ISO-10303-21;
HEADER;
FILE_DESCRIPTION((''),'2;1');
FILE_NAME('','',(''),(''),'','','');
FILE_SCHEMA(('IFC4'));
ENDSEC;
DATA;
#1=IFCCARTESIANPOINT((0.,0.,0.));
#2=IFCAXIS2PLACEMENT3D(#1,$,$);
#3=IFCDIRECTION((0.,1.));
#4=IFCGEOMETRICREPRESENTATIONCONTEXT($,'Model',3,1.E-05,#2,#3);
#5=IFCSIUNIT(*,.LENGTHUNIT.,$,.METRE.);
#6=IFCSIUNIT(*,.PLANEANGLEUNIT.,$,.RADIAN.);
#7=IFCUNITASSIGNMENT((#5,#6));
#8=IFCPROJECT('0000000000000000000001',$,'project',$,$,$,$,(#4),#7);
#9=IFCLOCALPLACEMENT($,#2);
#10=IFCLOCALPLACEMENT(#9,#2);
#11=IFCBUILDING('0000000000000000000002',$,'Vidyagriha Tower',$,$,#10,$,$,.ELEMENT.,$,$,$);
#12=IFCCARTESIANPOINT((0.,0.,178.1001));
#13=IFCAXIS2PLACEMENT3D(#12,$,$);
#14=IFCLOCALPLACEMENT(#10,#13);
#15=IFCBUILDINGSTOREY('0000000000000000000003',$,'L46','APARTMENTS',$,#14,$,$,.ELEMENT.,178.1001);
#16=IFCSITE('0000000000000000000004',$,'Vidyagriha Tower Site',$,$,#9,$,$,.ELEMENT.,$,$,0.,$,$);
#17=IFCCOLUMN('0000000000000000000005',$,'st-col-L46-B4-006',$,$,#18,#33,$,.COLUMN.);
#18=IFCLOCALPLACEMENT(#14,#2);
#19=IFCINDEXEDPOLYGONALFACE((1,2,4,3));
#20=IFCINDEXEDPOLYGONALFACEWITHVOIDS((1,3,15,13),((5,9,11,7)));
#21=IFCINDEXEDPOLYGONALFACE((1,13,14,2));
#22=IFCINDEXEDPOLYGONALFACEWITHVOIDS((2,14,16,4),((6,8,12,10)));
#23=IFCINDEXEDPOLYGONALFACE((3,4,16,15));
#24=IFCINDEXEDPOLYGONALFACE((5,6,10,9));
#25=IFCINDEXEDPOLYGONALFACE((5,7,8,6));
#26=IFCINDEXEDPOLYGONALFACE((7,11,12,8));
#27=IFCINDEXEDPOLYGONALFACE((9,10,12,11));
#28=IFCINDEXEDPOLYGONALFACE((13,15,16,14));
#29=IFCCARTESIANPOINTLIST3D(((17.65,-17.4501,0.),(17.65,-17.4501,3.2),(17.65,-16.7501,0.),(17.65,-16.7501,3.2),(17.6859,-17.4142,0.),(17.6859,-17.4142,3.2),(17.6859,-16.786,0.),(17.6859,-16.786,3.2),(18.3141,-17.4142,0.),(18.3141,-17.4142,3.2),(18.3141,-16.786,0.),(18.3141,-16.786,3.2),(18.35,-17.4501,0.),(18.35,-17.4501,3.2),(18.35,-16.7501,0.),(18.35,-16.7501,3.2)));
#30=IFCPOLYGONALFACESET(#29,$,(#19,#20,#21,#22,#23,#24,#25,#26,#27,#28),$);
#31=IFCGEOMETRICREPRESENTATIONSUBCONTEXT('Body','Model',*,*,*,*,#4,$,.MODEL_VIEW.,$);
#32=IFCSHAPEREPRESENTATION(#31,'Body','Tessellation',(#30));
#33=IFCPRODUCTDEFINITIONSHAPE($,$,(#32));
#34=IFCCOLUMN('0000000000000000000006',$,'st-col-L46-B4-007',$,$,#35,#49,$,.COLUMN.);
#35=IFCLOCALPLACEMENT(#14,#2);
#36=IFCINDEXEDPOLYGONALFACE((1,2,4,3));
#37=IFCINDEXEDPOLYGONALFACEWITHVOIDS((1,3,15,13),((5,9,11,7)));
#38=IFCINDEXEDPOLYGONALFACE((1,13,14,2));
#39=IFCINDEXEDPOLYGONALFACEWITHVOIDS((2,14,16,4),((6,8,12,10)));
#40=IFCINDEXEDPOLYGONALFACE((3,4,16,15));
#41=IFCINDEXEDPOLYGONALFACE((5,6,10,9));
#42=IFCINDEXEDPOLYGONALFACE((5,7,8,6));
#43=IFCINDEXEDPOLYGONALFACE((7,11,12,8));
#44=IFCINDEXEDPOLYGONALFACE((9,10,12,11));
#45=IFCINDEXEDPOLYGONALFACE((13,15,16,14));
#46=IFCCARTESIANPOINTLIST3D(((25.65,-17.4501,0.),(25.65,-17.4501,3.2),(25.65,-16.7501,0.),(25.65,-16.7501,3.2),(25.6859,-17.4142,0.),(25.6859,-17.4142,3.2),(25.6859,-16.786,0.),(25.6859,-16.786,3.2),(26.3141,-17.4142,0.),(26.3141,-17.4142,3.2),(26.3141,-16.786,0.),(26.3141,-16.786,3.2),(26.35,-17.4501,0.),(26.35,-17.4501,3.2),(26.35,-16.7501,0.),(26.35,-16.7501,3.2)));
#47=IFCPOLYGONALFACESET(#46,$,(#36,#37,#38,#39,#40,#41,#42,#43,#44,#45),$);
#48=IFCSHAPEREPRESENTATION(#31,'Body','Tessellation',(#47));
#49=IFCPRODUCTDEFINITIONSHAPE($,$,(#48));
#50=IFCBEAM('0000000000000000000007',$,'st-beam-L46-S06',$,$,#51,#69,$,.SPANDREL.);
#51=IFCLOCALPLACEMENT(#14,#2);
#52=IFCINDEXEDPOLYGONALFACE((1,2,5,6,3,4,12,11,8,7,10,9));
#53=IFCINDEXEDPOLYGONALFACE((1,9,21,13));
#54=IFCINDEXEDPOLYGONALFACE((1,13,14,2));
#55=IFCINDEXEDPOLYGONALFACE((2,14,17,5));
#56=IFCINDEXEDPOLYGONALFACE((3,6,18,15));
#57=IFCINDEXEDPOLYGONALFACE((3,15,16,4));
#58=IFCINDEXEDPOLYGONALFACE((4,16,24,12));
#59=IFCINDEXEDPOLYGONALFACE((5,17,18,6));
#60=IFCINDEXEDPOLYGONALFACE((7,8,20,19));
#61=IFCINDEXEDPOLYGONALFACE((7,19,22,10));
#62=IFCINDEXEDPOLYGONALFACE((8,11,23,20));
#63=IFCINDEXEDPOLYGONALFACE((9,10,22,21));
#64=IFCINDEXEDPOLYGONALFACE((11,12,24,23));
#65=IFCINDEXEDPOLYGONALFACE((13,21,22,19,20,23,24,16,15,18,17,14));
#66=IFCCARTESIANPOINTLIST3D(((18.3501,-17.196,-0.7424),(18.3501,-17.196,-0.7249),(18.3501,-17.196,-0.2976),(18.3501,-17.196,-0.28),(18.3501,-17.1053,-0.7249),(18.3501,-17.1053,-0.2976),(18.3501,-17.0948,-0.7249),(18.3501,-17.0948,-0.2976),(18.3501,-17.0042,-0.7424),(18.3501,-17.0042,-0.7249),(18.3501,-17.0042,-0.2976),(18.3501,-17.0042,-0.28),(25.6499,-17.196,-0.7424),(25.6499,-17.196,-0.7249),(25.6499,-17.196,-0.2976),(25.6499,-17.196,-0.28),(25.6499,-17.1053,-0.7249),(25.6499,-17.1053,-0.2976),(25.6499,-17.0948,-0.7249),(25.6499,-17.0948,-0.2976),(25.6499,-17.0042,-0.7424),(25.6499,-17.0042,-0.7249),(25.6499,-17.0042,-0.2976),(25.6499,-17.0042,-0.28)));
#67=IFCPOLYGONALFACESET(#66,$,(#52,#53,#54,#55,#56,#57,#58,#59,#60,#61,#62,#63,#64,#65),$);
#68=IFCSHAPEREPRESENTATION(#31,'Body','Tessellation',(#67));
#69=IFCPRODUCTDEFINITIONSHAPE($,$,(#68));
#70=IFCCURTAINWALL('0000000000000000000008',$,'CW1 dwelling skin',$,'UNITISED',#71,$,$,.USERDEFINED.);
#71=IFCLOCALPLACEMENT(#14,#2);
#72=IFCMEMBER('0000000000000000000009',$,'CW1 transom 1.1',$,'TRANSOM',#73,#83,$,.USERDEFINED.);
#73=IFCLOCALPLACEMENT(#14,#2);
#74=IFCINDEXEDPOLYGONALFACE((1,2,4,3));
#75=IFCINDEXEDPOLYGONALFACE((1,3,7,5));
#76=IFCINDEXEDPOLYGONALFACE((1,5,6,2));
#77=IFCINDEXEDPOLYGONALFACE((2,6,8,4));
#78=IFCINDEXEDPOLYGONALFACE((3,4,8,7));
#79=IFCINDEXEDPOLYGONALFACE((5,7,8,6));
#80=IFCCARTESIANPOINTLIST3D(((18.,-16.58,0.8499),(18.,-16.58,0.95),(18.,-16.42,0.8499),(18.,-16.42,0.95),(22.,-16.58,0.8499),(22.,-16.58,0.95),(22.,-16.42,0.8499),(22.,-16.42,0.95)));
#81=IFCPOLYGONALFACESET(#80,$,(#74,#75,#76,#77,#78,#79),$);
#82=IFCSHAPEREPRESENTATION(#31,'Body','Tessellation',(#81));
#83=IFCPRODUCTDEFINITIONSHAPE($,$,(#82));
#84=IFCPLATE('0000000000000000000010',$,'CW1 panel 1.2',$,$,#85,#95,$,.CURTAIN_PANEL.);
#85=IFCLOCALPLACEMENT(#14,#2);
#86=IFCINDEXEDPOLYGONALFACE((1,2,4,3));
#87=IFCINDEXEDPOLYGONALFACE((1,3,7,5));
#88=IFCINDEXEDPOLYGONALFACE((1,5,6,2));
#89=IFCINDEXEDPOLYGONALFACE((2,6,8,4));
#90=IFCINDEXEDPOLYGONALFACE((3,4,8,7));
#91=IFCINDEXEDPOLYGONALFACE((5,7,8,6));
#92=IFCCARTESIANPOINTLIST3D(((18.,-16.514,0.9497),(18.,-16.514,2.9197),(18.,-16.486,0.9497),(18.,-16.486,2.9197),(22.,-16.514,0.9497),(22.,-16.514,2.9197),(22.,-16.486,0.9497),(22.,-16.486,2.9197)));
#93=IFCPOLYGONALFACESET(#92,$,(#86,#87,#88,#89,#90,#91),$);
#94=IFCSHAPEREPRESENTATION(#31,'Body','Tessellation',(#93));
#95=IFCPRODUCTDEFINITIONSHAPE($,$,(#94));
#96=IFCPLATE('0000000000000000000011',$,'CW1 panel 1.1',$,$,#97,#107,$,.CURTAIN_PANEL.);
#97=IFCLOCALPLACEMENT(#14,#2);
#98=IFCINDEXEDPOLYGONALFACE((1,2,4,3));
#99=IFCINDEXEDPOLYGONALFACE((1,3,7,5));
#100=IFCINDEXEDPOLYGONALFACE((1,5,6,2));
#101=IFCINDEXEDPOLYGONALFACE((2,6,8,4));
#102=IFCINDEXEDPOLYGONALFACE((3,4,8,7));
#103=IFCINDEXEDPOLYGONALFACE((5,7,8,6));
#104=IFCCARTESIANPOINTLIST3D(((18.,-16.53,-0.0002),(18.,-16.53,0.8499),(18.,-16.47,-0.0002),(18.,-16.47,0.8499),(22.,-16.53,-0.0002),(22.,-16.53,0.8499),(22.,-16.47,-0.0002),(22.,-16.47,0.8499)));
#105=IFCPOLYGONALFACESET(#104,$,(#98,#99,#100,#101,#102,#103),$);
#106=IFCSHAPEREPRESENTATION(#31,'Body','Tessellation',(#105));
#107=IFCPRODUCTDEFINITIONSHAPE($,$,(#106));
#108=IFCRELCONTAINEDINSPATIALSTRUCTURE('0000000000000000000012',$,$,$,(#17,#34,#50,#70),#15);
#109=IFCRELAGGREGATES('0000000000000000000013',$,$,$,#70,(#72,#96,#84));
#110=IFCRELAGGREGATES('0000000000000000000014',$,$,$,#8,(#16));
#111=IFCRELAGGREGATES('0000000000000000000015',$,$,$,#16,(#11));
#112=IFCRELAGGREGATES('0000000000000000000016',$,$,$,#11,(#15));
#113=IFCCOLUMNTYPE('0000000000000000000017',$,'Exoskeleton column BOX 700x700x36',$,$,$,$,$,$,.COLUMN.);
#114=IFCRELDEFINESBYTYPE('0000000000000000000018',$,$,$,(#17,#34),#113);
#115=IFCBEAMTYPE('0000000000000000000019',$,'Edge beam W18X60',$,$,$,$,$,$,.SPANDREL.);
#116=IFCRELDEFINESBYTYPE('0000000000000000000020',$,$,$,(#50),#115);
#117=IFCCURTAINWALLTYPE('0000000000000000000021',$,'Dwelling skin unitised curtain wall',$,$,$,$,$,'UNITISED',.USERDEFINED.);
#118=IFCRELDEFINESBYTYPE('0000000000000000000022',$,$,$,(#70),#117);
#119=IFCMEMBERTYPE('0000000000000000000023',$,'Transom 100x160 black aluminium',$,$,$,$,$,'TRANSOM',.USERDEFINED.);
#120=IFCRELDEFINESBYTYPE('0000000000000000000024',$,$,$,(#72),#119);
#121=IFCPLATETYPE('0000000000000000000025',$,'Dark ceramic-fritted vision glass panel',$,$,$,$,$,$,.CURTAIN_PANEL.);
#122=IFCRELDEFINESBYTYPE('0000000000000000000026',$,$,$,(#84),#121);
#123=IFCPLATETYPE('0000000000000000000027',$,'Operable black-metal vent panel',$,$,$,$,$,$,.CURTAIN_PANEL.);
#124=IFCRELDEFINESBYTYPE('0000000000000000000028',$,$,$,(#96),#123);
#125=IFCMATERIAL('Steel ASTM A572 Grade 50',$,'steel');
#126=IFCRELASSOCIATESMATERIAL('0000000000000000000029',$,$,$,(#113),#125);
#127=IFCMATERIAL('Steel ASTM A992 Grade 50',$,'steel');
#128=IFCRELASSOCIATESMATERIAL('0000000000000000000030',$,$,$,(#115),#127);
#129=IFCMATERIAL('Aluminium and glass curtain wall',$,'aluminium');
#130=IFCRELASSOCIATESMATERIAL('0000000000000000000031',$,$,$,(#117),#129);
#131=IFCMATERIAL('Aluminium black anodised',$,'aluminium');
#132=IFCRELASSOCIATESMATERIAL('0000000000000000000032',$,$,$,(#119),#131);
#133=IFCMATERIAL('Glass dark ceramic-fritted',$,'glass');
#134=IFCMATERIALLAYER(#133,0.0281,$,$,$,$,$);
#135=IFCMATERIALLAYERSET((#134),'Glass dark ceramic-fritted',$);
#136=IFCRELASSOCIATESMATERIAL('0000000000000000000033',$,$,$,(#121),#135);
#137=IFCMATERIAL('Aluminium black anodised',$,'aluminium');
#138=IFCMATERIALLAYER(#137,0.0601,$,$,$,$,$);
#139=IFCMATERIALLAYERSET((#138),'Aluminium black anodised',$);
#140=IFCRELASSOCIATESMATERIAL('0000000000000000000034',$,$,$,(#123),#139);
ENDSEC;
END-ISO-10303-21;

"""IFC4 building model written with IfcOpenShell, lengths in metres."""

from ifc_helpers import new_model, si_unit, direction, frame, origin, origin_2d, place, context, subcontext, project, spatial, rectangle, hollow_rectangle, i_section, extrude, material, layer, layer_set, material_profile, profile_set, type_object, element, aggregate, save


model = new_model("IFC4")

# Units and contexts
model_context = context("Model", 3, precision=1e-05, world=origin(), true_north=direction((0.0, 1.0)))
body_context = subcontext(model_context, "Body", "Model", "MODEL_VIEW")
ifc_project = project(units=[si_unit("LENGTHUNIT", "METRE"), si_unit("PLANEANGLEUNIT", "RADIAN")], contexts=[model_context])

# Site, building, storey
site_placement = place(None, origin())
site = spatial("IfcSite", under=ifc_project, at=site_placement, Name="Vidyagriha Tower Site", CompositionType="ELEMENT", RefElevation=0.0)
building_placement = place(site_placement, origin())
building = spatial("IfcBuilding", under=site, at=building_placement, Name="Vidyagriha Tower", CompositionType="ELEMENT")
storey_placement = place(building_placement, frame((0.0, 0.0, 178.1001)))
storey = spatial("IfcBuildingStorey", under=building, at=storey_placement, Name="L46", Description="APARTMENTS", CompositionType="ELEMENT", Elevation=178.1001)

# Columns
ifc_material_1 = material(Name="Steel ASTM A572 Grade 50", Category="steel")
ifc_material_profile_1 = material_profile(ifc_material_1, hollow_rectangle(XDim=0.7, YDim=0.7, WallThickness=0.0359, at=origin_2d()), Name="BOX 700x700x36")
ifc_profile_set_1 = profile_set([ifc_material_profile_1], Name="Steel ASTM A572 Grade 50")
column_type = type_object("IfcColumnType", Name="Exoskeleton column BOX 700x700x36", PredefinedType="COLUMN", material=ifc_profile_set_1)
for number, where, name in (
    (1, (18.0, -17.1001, 0.0), "st-col-L46-B4-006"),
    (2, (26.0, -17.1001, 0.0), "st-col-L46-B4-007"),
):
    element("IfcColumn", number, at=place(storey_placement, frame(where)), inside=storey, type_object=column_type, Name=name, PredefinedType="COLUMN", context=body_context, shape_type="SweptSolid", body=[
        extrude(hollow_rectangle(XDim=0.7, YDim=0.7, WallThickness=0.0359, at=origin_2d()), origin(), (0.0, 0.0, 1.0), 3.2),
    ])

# Beam
ifc_material_2 = material(Name="Steel ASTM A992 Grade 50", Category="steel")
ifc_material_profile_2 = material_profile(ifc_material_2, i_section(OverallWidth=0.1919, OverallDepth=0.4624, WebThickness=0.0105, FlangeThickness=0.0176, at=origin_2d()), Name="W18X60")
ifc_profile_set_2 = profile_set([ifc_material_profile_2], Name="Steel ASTM A992 Grade 50")
beam_type = type_object("IfcBeamType", Name="Edge beam W18X60", PredefinedType="SPANDREL", material=ifc_profile_set_2)
beam_placement = place(storey_placement, frame((18.3501, -17.1001, -0.5112), z_axis=(1.0, 0.0, 0.0), x_axis=(0.0, 1.0, 0.0)))
element("IfcBeam", 3, at=beam_placement, inside=storey, type_object=beam_type, Name="st-beam-L46-S06", PredefinedType="SPANDREL", context=body_context, shape_type="SweptSolid", body=[
    extrude(i_section(OverallWidth=0.1919, OverallDepth=0.4624, WebThickness=0.0105, FlangeThickness=0.0176, at=origin_2d()), origin(), (0.0, 0.0, 1.0), 7.2998),
])

# Curtain wall, member, plates
ifc_material_3 = material(Name="Aluminium and glass curtain wall", Category="aluminium")
curtain_wall_type = type_object("IfcCurtainWallType", Name="Dwelling skin unitised curtain wall", ElementType="UNITISED", PredefinedType="USERDEFINED", material=ifc_material_3)
curtain_wall_placement = place(storey_placement, origin())
curtain_wall = element("IfcCurtainWall", 4, at=curtain_wall_placement, inside=storey, type_object=curtain_wall_type, Name="CW1 dwelling skin", ObjectType="UNITISED", PredefinedType="USERDEFINED")
ifc_material_4 = material(Name="Aluminium black anodised", Category="aluminium")
ifc_material_profile_3 = material_profile(ifc_material_4, rectangle(XDim=0.1599, YDim=0.1001, at=origin_2d()), Name="Transom 100x160 black aluminium")
ifc_profile_set_3 = profile_set([ifc_material_profile_3], Name="Aluminium black anodised")
member_type = type_object("IfcMemberType", Name="Transom 100x160 black aluminium", ElementType="TRANSOM", PredefinedType="USERDEFINED", material=ifc_profile_set_3)
member_placement = place(storey_placement, frame((18.0, -16.5, 0.8999), z_axis=(1.0, 0.0, 0.0), x_axis=(0.0, 1.0, 0.0)))
member = element("IfcMember", 5, at=member_placement, type_object=member_type, Name="CW1 transom 1.1", ObjectType="TRANSOM", PredefinedType="USERDEFINED", context=body_context, shape_type="SweptSolid", body=[
    extrude(rectangle(XDim=0.1599, YDim=0.1001, at=origin_2d()), origin(), (0.0, 0.0, 1.0), 4.0),
])
ifc_material_5 = material(Name="Glass dark ceramic-fritted", Category="glass")
ifc_layer_1 = layer(ifc_material_5, 0.0281)
ifc_layer_set_1 = layer_set([ifc_layer_1], Name="Glass dark ceramic-fritted")
plate_type_1 = type_object("IfcPlateType", Name="Dark ceramic-fritted vision glass panel", PredefinedType="CURTAIN_PANEL", material=ifc_layer_set_1)
plate_1_placement = place(storey_placement, frame((20.0, -16.5, 0.9497)))
plate_1 = element("IfcPlate", 6, at=plate_1_placement, type_object=plate_type_1, Name="CW1 panel 1.2", PredefinedType="CURTAIN_PANEL", context=body_context, shape_type="SweptSolid", body=[
    extrude(rectangle(XDim=4.0, YDim=0.0281, at=origin_2d()), origin(), (0.0, 0.0, 1.0), 1.97),
])
ifc_material_6 = material(Name="Aluminium black anodised", Category="aluminium")
ifc_layer_2 = layer(ifc_material_6, 0.0601)
ifc_layer_set_2 = layer_set([ifc_layer_2], Name="Aluminium black anodised")
plate_type_2 = type_object("IfcPlateType", Name="Operable black-metal vent panel", PredefinedType="CURTAIN_PANEL", material=ifc_layer_set_2)
plate_2_placement = place(storey_placement, frame((20.0, -16.5, -0.0002)))
plate_2 = element("IfcPlate", 7, at=plate_2_placement, type_object=plate_type_2, Name="CW1 panel 1.1", PredefinedType="CURTAIN_PANEL", context=body_context, shape_type="SweptSolid", body=[
    extrude(rectangle(XDim=4.0, YDim=0.0601, at=origin_2d()), origin(), (0.0, 0.0, 1.0), 0.8501),
])
aggregate(curtain_wall, [member, plate_2, plate_1])

save(model, "model.ifc")
